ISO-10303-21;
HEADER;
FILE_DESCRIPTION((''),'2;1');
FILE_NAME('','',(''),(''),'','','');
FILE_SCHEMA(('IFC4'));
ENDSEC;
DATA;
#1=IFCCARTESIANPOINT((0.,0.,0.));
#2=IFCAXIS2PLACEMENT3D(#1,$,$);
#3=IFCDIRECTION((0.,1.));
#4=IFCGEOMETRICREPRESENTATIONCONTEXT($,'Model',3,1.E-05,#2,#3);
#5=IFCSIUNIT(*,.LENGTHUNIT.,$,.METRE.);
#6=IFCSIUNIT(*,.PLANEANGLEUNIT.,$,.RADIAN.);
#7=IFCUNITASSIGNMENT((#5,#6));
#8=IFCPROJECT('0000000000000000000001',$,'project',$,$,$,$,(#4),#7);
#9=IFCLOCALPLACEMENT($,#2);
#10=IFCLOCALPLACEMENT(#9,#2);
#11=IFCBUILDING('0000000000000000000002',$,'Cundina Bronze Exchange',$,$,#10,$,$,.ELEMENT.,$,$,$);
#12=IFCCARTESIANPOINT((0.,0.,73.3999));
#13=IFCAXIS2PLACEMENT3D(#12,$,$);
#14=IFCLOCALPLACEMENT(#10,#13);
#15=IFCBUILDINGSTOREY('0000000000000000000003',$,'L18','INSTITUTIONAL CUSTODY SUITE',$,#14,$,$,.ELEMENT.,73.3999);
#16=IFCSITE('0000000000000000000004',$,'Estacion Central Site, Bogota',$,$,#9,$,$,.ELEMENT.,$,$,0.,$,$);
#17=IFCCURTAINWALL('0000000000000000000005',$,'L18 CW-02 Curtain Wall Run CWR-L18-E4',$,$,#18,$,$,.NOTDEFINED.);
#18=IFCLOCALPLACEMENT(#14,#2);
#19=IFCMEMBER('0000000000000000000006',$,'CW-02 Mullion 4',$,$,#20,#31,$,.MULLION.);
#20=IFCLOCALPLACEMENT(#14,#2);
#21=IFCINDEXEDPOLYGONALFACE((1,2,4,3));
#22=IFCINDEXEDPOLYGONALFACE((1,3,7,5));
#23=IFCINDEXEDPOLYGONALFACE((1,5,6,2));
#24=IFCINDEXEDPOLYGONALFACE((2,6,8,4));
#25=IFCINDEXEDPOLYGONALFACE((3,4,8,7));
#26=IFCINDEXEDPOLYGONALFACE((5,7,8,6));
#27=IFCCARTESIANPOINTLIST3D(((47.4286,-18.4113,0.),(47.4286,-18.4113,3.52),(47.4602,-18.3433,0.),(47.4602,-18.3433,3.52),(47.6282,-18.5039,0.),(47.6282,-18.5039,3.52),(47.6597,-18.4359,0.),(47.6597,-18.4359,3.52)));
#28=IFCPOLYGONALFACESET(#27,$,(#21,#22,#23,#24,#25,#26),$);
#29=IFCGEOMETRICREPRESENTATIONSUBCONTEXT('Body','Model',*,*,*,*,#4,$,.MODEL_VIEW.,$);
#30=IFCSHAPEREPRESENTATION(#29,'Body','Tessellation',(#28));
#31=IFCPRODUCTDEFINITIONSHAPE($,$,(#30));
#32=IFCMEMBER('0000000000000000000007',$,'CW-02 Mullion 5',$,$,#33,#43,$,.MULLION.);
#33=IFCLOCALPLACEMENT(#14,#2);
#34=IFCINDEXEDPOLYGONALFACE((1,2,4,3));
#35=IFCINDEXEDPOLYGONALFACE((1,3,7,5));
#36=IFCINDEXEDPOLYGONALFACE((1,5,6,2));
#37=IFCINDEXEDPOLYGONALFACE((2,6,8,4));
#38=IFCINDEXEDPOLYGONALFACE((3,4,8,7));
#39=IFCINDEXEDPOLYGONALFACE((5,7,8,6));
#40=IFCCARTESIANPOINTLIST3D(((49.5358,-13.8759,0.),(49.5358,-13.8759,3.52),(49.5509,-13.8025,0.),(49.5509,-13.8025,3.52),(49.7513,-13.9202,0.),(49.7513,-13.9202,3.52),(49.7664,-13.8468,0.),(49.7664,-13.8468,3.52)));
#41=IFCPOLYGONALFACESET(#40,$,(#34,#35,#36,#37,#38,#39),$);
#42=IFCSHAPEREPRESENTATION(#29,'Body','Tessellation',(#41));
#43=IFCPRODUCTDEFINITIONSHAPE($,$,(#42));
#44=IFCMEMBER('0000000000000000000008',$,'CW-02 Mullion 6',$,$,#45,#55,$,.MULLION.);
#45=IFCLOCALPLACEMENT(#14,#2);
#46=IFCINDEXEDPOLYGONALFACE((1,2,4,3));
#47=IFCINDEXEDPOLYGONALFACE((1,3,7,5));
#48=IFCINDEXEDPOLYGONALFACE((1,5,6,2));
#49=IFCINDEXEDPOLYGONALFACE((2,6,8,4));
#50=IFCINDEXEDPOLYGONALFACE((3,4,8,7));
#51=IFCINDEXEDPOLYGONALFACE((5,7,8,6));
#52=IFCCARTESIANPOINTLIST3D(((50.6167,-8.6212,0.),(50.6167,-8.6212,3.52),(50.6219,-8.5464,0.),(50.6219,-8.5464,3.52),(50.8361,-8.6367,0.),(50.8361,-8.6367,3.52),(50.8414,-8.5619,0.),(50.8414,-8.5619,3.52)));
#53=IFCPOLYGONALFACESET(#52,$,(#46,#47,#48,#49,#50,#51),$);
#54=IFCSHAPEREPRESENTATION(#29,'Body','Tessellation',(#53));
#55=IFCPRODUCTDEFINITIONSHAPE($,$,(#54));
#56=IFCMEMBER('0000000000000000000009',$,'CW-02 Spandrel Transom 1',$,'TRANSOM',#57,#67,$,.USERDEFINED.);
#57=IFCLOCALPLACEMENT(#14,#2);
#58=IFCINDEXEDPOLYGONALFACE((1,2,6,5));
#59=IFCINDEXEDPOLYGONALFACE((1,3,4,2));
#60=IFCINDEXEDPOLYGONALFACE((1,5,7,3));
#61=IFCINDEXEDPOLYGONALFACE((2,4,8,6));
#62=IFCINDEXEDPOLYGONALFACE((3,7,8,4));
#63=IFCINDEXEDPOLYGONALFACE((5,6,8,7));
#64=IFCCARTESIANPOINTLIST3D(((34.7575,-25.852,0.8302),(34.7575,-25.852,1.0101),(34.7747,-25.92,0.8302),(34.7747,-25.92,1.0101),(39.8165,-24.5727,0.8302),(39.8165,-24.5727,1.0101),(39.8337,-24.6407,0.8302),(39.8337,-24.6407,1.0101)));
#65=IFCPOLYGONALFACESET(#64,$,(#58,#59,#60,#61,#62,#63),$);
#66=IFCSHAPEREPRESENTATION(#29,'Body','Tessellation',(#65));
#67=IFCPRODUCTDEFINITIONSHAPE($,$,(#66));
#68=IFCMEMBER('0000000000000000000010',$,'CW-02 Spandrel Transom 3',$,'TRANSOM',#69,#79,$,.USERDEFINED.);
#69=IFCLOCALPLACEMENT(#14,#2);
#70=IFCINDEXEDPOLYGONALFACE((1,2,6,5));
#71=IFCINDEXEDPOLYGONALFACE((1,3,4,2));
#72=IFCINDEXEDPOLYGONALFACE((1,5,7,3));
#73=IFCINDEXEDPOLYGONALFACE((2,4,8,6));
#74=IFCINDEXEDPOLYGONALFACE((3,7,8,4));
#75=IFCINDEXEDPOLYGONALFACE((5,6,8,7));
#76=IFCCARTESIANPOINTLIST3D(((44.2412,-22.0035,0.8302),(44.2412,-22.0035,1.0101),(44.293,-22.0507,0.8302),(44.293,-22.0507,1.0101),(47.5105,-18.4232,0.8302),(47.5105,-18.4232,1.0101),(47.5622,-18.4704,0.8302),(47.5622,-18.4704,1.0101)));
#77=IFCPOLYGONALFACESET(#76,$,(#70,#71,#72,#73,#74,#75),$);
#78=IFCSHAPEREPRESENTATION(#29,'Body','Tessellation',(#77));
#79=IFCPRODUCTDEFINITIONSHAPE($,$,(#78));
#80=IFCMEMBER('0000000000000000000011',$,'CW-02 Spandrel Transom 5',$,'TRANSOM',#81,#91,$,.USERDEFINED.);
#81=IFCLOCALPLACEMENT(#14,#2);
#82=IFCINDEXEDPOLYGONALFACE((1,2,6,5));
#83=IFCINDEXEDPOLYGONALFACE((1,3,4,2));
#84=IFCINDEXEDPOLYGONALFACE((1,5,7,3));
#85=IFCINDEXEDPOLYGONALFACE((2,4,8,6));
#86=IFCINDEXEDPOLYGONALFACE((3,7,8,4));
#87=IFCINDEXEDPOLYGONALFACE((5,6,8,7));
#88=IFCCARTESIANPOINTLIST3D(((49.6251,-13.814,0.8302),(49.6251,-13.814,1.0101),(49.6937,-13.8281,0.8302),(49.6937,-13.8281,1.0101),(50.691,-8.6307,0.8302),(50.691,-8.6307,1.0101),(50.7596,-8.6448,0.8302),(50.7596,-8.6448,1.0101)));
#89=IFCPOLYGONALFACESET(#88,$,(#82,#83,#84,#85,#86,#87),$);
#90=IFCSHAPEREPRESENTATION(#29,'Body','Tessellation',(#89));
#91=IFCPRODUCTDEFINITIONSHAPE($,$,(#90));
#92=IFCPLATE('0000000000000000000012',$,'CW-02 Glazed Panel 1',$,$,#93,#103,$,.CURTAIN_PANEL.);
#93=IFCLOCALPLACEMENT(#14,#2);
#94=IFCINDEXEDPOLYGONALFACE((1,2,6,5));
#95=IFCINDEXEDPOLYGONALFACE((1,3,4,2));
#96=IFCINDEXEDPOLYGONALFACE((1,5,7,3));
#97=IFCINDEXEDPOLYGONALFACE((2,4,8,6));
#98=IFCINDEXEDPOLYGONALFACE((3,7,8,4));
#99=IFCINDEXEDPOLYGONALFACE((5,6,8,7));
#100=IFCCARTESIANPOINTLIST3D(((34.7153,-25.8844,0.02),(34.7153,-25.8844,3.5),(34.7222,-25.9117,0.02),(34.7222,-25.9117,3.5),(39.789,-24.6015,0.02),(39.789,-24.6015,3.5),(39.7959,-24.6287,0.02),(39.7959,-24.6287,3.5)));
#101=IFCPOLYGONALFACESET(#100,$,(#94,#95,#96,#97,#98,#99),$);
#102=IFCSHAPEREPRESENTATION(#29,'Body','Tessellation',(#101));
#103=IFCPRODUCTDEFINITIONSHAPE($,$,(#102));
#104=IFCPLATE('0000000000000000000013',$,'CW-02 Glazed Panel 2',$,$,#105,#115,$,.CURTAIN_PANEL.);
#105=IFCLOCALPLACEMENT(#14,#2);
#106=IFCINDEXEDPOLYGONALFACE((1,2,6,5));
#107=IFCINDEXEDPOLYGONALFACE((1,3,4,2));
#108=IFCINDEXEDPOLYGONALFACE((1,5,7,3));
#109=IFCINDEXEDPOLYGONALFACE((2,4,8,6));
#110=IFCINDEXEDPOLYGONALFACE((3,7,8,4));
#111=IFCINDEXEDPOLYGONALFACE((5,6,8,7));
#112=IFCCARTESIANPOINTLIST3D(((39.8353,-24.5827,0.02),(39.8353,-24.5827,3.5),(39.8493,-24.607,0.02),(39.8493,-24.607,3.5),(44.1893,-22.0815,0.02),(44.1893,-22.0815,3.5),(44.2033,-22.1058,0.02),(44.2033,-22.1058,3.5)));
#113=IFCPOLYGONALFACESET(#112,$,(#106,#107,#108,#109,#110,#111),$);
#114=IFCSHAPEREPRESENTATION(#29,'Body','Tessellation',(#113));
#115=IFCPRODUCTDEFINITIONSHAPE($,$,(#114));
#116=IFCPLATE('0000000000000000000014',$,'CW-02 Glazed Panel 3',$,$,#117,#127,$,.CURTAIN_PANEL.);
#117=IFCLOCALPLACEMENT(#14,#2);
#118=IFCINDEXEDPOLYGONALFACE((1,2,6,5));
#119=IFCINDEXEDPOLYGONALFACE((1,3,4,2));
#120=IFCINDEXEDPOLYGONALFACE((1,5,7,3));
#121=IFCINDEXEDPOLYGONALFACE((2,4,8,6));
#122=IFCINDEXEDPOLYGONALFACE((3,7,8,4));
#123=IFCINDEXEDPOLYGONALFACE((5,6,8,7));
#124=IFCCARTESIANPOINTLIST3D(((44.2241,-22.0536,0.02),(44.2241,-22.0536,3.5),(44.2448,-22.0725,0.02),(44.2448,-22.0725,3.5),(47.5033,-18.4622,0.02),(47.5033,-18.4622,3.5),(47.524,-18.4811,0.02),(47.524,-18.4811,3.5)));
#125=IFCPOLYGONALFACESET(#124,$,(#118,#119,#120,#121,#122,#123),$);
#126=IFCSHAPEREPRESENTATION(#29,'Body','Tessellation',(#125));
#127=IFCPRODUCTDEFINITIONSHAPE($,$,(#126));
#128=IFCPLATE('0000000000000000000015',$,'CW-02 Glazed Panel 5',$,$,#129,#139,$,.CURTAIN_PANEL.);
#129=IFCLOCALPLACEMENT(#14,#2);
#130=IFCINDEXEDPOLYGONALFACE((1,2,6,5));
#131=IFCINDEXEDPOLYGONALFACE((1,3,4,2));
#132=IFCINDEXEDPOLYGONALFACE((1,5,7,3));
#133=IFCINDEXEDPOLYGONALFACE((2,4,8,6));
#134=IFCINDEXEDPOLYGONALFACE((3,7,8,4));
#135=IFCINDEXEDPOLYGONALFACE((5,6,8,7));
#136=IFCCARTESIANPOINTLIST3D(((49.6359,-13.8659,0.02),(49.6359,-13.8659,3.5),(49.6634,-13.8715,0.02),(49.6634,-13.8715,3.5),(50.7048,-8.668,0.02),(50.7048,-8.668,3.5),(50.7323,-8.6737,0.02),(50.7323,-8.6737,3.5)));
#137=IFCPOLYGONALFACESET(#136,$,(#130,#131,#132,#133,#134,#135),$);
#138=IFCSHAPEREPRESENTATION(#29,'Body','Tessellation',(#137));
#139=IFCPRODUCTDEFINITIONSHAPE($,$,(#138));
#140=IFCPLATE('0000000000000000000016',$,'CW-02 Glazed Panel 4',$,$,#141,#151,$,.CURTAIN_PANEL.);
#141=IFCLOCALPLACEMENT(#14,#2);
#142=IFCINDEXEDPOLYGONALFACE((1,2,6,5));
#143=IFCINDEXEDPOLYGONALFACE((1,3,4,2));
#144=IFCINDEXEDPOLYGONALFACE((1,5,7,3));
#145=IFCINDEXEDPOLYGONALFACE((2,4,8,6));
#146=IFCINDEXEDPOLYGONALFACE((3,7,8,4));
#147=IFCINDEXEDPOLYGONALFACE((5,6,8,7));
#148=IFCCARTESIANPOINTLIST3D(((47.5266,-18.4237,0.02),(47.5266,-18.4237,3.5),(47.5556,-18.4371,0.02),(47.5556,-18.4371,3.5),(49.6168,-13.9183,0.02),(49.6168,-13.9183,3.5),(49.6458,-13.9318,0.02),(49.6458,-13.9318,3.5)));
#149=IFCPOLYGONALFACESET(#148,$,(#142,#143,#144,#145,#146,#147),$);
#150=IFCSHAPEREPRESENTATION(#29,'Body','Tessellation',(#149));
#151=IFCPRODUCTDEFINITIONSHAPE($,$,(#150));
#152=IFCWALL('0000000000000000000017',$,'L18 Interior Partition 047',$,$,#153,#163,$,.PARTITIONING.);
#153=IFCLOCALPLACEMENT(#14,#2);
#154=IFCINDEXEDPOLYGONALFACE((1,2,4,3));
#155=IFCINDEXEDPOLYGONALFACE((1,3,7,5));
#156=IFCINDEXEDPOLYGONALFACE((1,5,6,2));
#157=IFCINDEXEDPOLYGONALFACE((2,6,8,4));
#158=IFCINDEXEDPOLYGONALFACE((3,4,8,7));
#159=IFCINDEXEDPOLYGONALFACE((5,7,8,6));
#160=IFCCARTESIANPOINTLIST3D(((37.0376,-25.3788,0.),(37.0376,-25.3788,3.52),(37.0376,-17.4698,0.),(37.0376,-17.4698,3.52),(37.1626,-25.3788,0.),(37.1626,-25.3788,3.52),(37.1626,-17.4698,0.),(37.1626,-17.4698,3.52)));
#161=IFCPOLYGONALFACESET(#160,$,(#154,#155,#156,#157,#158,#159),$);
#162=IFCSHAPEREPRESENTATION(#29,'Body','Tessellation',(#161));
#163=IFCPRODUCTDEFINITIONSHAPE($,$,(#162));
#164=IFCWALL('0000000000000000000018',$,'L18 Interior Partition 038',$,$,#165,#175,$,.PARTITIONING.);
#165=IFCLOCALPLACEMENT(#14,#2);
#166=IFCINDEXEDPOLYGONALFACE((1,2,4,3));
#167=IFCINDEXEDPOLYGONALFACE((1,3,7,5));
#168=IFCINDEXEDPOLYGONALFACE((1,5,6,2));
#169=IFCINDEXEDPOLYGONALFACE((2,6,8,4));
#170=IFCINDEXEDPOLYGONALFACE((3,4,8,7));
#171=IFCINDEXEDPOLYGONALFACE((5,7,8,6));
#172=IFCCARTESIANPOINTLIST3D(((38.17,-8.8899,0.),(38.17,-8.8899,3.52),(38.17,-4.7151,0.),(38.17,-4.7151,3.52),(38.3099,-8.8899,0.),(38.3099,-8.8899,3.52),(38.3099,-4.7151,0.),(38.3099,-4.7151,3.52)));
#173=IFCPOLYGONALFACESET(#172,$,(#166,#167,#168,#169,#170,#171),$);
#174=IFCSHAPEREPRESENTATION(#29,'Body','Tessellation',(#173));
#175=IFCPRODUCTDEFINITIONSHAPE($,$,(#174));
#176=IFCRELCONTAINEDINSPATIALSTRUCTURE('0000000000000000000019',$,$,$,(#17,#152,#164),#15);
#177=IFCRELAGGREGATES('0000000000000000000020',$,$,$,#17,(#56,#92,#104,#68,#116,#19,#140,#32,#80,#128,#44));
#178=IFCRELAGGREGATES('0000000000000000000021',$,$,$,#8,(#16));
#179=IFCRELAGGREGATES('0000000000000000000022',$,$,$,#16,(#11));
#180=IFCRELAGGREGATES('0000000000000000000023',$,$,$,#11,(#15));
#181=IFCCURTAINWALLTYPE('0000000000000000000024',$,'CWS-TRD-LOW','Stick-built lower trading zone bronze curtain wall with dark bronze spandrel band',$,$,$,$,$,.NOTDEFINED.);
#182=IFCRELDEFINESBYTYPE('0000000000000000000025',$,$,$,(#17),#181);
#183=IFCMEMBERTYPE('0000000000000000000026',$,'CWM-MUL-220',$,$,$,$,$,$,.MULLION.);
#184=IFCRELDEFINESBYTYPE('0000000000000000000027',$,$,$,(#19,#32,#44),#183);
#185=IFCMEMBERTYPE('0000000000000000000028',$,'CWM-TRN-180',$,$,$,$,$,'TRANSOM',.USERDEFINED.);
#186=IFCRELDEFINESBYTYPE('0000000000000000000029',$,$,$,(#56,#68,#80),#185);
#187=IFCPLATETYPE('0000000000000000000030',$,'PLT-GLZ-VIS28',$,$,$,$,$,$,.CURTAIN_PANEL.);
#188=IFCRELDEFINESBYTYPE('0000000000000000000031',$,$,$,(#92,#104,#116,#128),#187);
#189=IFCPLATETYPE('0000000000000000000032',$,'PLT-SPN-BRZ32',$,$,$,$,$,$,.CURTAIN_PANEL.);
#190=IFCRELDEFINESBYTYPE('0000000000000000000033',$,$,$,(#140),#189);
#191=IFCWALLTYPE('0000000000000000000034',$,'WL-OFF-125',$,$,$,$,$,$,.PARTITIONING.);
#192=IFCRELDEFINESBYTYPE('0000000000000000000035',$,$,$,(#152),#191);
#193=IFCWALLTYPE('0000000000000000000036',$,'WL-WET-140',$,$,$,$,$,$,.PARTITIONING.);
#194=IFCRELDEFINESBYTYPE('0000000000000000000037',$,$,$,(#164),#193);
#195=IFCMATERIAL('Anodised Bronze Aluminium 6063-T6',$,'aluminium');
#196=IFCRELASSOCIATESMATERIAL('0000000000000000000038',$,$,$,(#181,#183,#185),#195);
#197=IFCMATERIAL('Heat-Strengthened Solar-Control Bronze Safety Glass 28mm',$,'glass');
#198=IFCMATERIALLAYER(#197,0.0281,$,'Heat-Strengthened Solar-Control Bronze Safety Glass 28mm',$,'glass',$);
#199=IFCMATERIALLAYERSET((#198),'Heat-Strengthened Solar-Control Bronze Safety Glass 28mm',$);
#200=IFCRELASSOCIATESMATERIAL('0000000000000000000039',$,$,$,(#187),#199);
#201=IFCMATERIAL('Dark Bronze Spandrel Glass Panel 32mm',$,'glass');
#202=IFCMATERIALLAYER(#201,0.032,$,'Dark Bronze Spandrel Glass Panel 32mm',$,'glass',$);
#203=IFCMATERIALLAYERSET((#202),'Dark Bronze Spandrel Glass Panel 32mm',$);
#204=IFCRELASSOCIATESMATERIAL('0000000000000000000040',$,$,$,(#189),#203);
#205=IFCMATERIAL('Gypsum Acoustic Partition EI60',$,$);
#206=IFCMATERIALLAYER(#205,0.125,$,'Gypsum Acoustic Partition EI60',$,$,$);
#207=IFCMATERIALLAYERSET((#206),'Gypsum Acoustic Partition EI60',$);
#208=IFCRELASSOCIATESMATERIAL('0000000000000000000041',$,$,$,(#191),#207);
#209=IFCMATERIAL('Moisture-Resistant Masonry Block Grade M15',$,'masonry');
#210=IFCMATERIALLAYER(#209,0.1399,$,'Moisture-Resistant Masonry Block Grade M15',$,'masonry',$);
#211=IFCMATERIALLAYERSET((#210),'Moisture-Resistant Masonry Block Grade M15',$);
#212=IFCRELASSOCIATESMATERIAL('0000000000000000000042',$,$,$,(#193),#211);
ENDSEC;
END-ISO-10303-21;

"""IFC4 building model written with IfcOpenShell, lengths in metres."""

from ifc_helpers import new_model, si_unit, direction, frame, frame_2d, origin, origin_2d, place, context, subcontext, project, spatial, rectangle, extrude, material, layer, layer_set, material_profile, profile_set, type_object, element, aggregate, save


model = new_model("IFC4")

# Units and contexts
model_context = context("Model", 3, precision=1e-05, world=origin(), true_north=direction((0.0, 1.0)))
body_context = subcontext(model_context, "Body", "Model", "MODEL_VIEW")
ifc_project = project(units=[si_unit("LENGTHUNIT", "METRE"), si_unit("PLANEANGLEUNIT", "RADIAN")], contexts=[model_context])

# Site, building, storey
site_placement = place(None, origin())
site = spatial("IfcSite", under=ifc_project, at=site_placement, Name="Estacion Central Site, Bogota", CompositionType="ELEMENT", RefElevation=0.0)
building_placement = place(site_placement, origin())
building = spatial("IfcBuilding", under=site, at=building_placement, Name="Cundina Bronze Exchange", CompositionType="ELEMENT")
storey_placement = place(building_placement, frame((0.0, 0.0, 73.3999)))
storey = spatial("IfcBuildingStorey", under=building, at=storey_placement, Name="L18", Description="INSTITUTIONAL CUSTODY SUITE", CompositionType="ELEMENT", Elevation=73.3999)

# Shared definitions
ifc_material_1 = material(Name="Anodised Bronze Aluminium 6063-T6", Category="aluminium")
curtain_wall_type = type_object("IfcCurtainWallType", Name="CWS-TRD-LOW", Description="Stick-built lower trading zone bronze curtain wall with dark bronze spandrel band", PredefinedType="NOTDEFINED", material=ifc_material_1)
ifc_material_profile_1 = material_profile(ifc_material_1, rectangle(XDim=0.075, YDim=0.22, at=origin_2d()), Name="AL75X220", Category="aluminium")
ifc_profile_set_1 = profile_set([ifc_material_profile_1], Name="Anodised Bronze Aluminium 6063-T6")
member_type_1 = type_object("IfcMemberType", Name="CWM-MUL-220", PredefinedType="MULLION", material=ifc_profile_set_1)

# Curtain wall, members, plates
curtain_wall_1_placement = place(storey_placement, origin())
curtain_wall_1 = element("IfcCurtainWall", 1, at=curtain_wall_1_placement, inside=storey, type_object=curtain_wall_type, Name="L18 CW-02 Curtain Wall Run CWR-L18-E4", PredefinedType="NOTDEFINED")
member_1_placement = place(storey_placement, frame((47.5442, -18.4236, 0.0), z_axis=(0.0, 0.0, 1.0), x_axis=(0.420877, 0.907117, 0.0)))
member_1 = element("IfcMember", 2, at=member_1_placement, type_object=member_type_1, Name="CW-02 Mullion 4", PredefinedType="MULLION", context=body_context, shape_type="SweptSolid", body=[
    extrude(rectangle(XDim=0.075, YDim=0.22, at=origin_2d()), origin(), (0.0, 0.0, 1.0), 3.52),
])
member_2_placement = place(storey_placement, frame((49.6511, -13.8613, 0.0), z_axis=(0.0, 0.0, 1.0), x_axis=(0.20142, 0.979505, 0.0)))
member_2 = element("IfcMember", 3, at=member_2_placement, type_object=member_type_1, Name="CW-02 Mullion 5", PredefinedType="MULLION", context=body_context, shape_type="SweptSolid", body=[
    extrude(rectangle(XDim=0.075, YDim=0.22, at=origin_2d()), origin(), (0.0, 0.0, 1.0), 3.52),
])
member_3_placement = place(storey_placement, frame((50.729, -8.5916, 0.0), z_axis=(0.0, 0.0, 1.0), x_axis=(0.070279, 0.997527, 0.0)))
member_3 = element("IfcMember", 4, at=member_3_placement, type_object=member_type_1, Name="CW-02 Mullion 6", PredefinedType="MULLION", context=body_context, shape_type="SweptSolid", body=[
    extrude(rectangle(XDim=0.075, YDim=0.22, at=origin_2d()), origin(), (0.0, 0.0, 1.0), 3.52),
])
ifc_material_profile_2 = material_profile(ifc_material_1, rectangle(XDim=0.0701, YDim=0.1799, at=origin_2d()), Name="AL70X180", Category="aluminium")
ifc_profile_set_2 = profile_set([ifc_material_profile_2], Name="Anodised Bronze Aluminium 6063-T6")
member_type_2 = type_object("IfcMemberType", Name="CWM-TRN-180", ElementType="TRANSOM", PredefinedType="USERDEFINED", material=ifc_profile_set_2)
member_4_placement = place(storey_placement, frame((34.7661, -25.886, 0.9202), z_axis=(0.969484, 0.245155, 0.0), x_axis=(-0.245155, 0.969484, 0.0)))
member_4 = element("IfcMember", 5, at=member_4_placement, type_object=member_type_2, Name="CW-02 Spandrel Transom 1", ObjectType="TRANSOM", PredefinedType="USERDEFINED", context=body_context, shape_type="SweptSolid", body=[
    extrude(rectangle(XDim=0.0701, YDim=0.1799, at=origin_2d()), origin(), (0.0, 0.0, 1.0), 5.2183),
])
member_5_placement = place(storey_placement, frame((44.2671, -22.0271, 0.9202), z_axis=(0.674303, 0.738455, 0.0), x_axis=(-0.738455, 0.674303, 0.0)))
member_5 = element("IfcMember", 6, at=member_5_placement, type_object=member_type_2, Name="CW-02 Spandrel Transom 3", ObjectType="TRANSOM", PredefinedType="USERDEFINED", context=body_context, shape_type="SweptSolid", body=[
    extrude(rectangle(XDim=0.0701, YDim=0.1799, at=origin_2d()), origin(), (0.0, 0.0, 1.0), 4.8484),
])
member_6_placement = place(storey_placement, frame((49.6594, -13.821, 0.9202), z_axis=(0.201428, 0.979503, 0.0), x_axis=(-0.979503, 0.201428, 0.0)))
member_6 = element("IfcMember", 7, at=member_6_placement, type_object=member_type_2, Name="CW-02 Spandrel Transom 5", ObjectType="TRANSOM", PredefinedType="USERDEFINED", context=body_context, shape_type="SweptSolid", body=[
    extrude(rectangle(XDim=0.0701, YDim=0.1799, at=origin_2d()), origin(), (0.0, 0.0, 1.0), 5.2917),
])
ifc_material_2 = material(Name="Heat-Strengthened Solar-Control Bronze Safety Glass 28mm", Category="glass")
ifc_layer_1 = layer(ifc_material_2, 0.0281, Name="Heat-Strengthened Solar-Control Bronze Safety Glass 28mm", Category="glass")
ifc_layer_set_1 = layer_set([ifc_layer_1], Name="Heat-Strengthened Solar-Control Bronze Safety Glass 28mm")
plate_type_1 = type_object("IfcPlateType", Name="PLT-GLZ-VIS28", PredefinedType="CURTAIN_PANEL", material=ifc_layer_set_1)
plate_1_placement = place(storey_placement, frame((37.2556, -25.2566, 0.02), z_axis=(0.0, 0.0, 1.0), x_axis=(0.969488, 0.245138, 0.0)))
plate_1 = element("IfcPlate", 8, at=plate_1_placement, type_object=plate_type_1, Name="CW-02 Glazed Panel 1", PredefinedType="CURTAIN_PANEL", context=body_context, shape_type="SweptSolid", body=[
    extrude(rectangle(XDim=5.2334, YDim=0.0281, at=origin_2d()), origin(), (0.0, 0.0, 1.0), 3.48),
])
plate_2_placement = place(storey_placement, frame((42.0193, -23.3442, 0.02), z_axis=(0.0, 0.0, 1.0), x_axis=(0.867105, 0.498125, 0.0)))
plate_2 = element("IfcPlate", 9, at=plate_2_placement, type_object=plate_type_1, Name="CW-02 Glazed Panel 2", PredefinedType="CURTAIN_PANEL", context=body_context, shape_type="SweptSolid", body=[
    extrude(rectangle(XDim=5.0212, YDim=0.0281, at=origin_2d()), origin(), (0.0, 0.0, 1.0), 3.48),
])
plate_3_placement = place(storey_placement, frame((45.874, -20.2673, 0.02), z_axis=(0.0, 0.0, 1.0), x_axis=(0.674277, 0.738479, 0.0)))
plate_3 = element("IfcPlate", 10, at=plate_3_placement, type_object=plate_type_1, Name="CW-02 Glazed Panel 3", PredefinedType="CURTAIN_PANEL", context=body_context, shape_type="SweptSolid", body=[
    extrude(rectangle(XDim=4.8633, YDim=0.0281, at=origin_2d()), origin(), (0.0, 0.0, 1.0), 3.48),
])
plate_4_placement = place(storey_placement, frame((50.1841, -11.2698, 0.02), z_axis=(0.0, 0.0, 1.0), x_axis=(0.20142, 0.979505, 0.0)))
plate_4 = element("IfcPlate", 11, at=plate_4_placement, type_object=plate_type_1, Name="CW-02 Glazed Panel 5", PredefinedType="CURTAIN_PANEL", context=body_context, shape_type="SweptSolid", body=[
    extrude(rectangle(XDim=5.3066, YDim=0.0281, at=origin_2d()), origin(), (0.0, 0.0, 1.0), 3.48),
])
ifc_material_3 = material(Name="Dark Bronze Spandrel Glass Panel 32mm", Category="glass")
ifc_layer_2 = layer(ifc_material_3, 0.032, Name="Dark Bronze Spandrel Glass Panel 32mm", Category="glass")
ifc_layer_set_2 = layer_set([ifc_layer_2], Name="Dark Bronze Spandrel Glass Panel 32mm")
plate_type_2 = type_object("IfcPlateType", Name="PLT-SPN-BRZ32", PredefinedType="CURTAIN_PANEL", material=ifc_layer_set_2)
plate_5_placement = place(storey_placement, frame((48.5862, -16.1777, 0.02), z_axis=(0.0, 0.0, 1.0), x_axis=(0.420846, 0.907132, 0.0)))
plate_5 = element("IfcPlate", 12, at=plate_5_placement, type_object=plate_type_2, Name="CW-02 Glazed Panel 4", PredefinedType="CURTAIN_PANEL", context=body_context, shape_type="SweptSolid", body=[
    extrude(rectangle(XDim=4.9666, YDim=0.032, at=origin_2d()), origin(), (0.0, 0.0, 1.0), 3.48),
])
aggregate(curtain_wall_1, [member_4, plate_1, plate_2, member_5, plate_3, member_1, plate_5, member_2, member_6, plate_4, member_3])

# Walls
ifc_material_4 = material(Name="Gypsum Acoustic Partition EI60")
ifc_layer_3 = layer(ifc_material_4, 0.125, Name="Gypsum Acoustic Partition EI60")
ifc_layer_set_3 = layer_set([ifc_layer_3], Name="Gypsum Acoustic Partition EI60")
wall_type_1 = type_object("IfcWallType", Name="WL-OFF-125", PredefinedType="PARTITIONING", material=ifc_layer_set_3)
wall_1_placement = place(storey_placement, frame((37.1001, -25.3789, 0.0), z_axis=(0.0, 0.0, 1.0), x_axis=(0.0, 1.0, 0.0)))
element("IfcWall", 13, at=wall_1_placement, inside=storey, type_object=wall_type_1, Name="L18 Interior Partition 047", PredefinedType="PARTITIONING", context=body_context, shape_type="SweptSolid", body=[
    extrude(rectangle(XDim=7.9089, YDim=0.125, at=frame_2d((3.9546, 0.0))), origin(), (0.0, 0.0, 1.0), 3.52),
])
ifc_material_5 = material(Name="Moisture-Resistant Masonry Block Grade M15", Category="masonry")
ifc_layer_4 = layer(ifc_material_5, 0.1399, Name="Moisture-Resistant Masonry Block Grade M15", Category="masonry")
ifc_layer_set_4 = layer_set([ifc_layer_4], Name="Moisture-Resistant Masonry Block Grade M15")
wall_type_2 = type_object("IfcWallType", Name="WL-WET-140", PredefinedType="PARTITIONING", material=ifc_layer_set_4)
wall_2_placement = place(storey_placement, frame((38.24, -8.8899, 0.0), z_axis=(0.0, 0.0, 1.0), x_axis=(0.0, 1.0, 0.0)))
element("IfcWall", 14, at=wall_2_placement, inside=storey, type_object=wall_type_2, Name="L18 Interior Partition 038", PredefinedType="PARTITIONING", context=body_context, shape_type="SweptSolid", body=[
    extrude(rectangle(XDim=4.1748, YDim=0.1399, at=frame_2d((2.0874, 0.0))), origin(), (0.0, 0.0, 1.0), 3.52),
])

save(model, "model.ifc")
